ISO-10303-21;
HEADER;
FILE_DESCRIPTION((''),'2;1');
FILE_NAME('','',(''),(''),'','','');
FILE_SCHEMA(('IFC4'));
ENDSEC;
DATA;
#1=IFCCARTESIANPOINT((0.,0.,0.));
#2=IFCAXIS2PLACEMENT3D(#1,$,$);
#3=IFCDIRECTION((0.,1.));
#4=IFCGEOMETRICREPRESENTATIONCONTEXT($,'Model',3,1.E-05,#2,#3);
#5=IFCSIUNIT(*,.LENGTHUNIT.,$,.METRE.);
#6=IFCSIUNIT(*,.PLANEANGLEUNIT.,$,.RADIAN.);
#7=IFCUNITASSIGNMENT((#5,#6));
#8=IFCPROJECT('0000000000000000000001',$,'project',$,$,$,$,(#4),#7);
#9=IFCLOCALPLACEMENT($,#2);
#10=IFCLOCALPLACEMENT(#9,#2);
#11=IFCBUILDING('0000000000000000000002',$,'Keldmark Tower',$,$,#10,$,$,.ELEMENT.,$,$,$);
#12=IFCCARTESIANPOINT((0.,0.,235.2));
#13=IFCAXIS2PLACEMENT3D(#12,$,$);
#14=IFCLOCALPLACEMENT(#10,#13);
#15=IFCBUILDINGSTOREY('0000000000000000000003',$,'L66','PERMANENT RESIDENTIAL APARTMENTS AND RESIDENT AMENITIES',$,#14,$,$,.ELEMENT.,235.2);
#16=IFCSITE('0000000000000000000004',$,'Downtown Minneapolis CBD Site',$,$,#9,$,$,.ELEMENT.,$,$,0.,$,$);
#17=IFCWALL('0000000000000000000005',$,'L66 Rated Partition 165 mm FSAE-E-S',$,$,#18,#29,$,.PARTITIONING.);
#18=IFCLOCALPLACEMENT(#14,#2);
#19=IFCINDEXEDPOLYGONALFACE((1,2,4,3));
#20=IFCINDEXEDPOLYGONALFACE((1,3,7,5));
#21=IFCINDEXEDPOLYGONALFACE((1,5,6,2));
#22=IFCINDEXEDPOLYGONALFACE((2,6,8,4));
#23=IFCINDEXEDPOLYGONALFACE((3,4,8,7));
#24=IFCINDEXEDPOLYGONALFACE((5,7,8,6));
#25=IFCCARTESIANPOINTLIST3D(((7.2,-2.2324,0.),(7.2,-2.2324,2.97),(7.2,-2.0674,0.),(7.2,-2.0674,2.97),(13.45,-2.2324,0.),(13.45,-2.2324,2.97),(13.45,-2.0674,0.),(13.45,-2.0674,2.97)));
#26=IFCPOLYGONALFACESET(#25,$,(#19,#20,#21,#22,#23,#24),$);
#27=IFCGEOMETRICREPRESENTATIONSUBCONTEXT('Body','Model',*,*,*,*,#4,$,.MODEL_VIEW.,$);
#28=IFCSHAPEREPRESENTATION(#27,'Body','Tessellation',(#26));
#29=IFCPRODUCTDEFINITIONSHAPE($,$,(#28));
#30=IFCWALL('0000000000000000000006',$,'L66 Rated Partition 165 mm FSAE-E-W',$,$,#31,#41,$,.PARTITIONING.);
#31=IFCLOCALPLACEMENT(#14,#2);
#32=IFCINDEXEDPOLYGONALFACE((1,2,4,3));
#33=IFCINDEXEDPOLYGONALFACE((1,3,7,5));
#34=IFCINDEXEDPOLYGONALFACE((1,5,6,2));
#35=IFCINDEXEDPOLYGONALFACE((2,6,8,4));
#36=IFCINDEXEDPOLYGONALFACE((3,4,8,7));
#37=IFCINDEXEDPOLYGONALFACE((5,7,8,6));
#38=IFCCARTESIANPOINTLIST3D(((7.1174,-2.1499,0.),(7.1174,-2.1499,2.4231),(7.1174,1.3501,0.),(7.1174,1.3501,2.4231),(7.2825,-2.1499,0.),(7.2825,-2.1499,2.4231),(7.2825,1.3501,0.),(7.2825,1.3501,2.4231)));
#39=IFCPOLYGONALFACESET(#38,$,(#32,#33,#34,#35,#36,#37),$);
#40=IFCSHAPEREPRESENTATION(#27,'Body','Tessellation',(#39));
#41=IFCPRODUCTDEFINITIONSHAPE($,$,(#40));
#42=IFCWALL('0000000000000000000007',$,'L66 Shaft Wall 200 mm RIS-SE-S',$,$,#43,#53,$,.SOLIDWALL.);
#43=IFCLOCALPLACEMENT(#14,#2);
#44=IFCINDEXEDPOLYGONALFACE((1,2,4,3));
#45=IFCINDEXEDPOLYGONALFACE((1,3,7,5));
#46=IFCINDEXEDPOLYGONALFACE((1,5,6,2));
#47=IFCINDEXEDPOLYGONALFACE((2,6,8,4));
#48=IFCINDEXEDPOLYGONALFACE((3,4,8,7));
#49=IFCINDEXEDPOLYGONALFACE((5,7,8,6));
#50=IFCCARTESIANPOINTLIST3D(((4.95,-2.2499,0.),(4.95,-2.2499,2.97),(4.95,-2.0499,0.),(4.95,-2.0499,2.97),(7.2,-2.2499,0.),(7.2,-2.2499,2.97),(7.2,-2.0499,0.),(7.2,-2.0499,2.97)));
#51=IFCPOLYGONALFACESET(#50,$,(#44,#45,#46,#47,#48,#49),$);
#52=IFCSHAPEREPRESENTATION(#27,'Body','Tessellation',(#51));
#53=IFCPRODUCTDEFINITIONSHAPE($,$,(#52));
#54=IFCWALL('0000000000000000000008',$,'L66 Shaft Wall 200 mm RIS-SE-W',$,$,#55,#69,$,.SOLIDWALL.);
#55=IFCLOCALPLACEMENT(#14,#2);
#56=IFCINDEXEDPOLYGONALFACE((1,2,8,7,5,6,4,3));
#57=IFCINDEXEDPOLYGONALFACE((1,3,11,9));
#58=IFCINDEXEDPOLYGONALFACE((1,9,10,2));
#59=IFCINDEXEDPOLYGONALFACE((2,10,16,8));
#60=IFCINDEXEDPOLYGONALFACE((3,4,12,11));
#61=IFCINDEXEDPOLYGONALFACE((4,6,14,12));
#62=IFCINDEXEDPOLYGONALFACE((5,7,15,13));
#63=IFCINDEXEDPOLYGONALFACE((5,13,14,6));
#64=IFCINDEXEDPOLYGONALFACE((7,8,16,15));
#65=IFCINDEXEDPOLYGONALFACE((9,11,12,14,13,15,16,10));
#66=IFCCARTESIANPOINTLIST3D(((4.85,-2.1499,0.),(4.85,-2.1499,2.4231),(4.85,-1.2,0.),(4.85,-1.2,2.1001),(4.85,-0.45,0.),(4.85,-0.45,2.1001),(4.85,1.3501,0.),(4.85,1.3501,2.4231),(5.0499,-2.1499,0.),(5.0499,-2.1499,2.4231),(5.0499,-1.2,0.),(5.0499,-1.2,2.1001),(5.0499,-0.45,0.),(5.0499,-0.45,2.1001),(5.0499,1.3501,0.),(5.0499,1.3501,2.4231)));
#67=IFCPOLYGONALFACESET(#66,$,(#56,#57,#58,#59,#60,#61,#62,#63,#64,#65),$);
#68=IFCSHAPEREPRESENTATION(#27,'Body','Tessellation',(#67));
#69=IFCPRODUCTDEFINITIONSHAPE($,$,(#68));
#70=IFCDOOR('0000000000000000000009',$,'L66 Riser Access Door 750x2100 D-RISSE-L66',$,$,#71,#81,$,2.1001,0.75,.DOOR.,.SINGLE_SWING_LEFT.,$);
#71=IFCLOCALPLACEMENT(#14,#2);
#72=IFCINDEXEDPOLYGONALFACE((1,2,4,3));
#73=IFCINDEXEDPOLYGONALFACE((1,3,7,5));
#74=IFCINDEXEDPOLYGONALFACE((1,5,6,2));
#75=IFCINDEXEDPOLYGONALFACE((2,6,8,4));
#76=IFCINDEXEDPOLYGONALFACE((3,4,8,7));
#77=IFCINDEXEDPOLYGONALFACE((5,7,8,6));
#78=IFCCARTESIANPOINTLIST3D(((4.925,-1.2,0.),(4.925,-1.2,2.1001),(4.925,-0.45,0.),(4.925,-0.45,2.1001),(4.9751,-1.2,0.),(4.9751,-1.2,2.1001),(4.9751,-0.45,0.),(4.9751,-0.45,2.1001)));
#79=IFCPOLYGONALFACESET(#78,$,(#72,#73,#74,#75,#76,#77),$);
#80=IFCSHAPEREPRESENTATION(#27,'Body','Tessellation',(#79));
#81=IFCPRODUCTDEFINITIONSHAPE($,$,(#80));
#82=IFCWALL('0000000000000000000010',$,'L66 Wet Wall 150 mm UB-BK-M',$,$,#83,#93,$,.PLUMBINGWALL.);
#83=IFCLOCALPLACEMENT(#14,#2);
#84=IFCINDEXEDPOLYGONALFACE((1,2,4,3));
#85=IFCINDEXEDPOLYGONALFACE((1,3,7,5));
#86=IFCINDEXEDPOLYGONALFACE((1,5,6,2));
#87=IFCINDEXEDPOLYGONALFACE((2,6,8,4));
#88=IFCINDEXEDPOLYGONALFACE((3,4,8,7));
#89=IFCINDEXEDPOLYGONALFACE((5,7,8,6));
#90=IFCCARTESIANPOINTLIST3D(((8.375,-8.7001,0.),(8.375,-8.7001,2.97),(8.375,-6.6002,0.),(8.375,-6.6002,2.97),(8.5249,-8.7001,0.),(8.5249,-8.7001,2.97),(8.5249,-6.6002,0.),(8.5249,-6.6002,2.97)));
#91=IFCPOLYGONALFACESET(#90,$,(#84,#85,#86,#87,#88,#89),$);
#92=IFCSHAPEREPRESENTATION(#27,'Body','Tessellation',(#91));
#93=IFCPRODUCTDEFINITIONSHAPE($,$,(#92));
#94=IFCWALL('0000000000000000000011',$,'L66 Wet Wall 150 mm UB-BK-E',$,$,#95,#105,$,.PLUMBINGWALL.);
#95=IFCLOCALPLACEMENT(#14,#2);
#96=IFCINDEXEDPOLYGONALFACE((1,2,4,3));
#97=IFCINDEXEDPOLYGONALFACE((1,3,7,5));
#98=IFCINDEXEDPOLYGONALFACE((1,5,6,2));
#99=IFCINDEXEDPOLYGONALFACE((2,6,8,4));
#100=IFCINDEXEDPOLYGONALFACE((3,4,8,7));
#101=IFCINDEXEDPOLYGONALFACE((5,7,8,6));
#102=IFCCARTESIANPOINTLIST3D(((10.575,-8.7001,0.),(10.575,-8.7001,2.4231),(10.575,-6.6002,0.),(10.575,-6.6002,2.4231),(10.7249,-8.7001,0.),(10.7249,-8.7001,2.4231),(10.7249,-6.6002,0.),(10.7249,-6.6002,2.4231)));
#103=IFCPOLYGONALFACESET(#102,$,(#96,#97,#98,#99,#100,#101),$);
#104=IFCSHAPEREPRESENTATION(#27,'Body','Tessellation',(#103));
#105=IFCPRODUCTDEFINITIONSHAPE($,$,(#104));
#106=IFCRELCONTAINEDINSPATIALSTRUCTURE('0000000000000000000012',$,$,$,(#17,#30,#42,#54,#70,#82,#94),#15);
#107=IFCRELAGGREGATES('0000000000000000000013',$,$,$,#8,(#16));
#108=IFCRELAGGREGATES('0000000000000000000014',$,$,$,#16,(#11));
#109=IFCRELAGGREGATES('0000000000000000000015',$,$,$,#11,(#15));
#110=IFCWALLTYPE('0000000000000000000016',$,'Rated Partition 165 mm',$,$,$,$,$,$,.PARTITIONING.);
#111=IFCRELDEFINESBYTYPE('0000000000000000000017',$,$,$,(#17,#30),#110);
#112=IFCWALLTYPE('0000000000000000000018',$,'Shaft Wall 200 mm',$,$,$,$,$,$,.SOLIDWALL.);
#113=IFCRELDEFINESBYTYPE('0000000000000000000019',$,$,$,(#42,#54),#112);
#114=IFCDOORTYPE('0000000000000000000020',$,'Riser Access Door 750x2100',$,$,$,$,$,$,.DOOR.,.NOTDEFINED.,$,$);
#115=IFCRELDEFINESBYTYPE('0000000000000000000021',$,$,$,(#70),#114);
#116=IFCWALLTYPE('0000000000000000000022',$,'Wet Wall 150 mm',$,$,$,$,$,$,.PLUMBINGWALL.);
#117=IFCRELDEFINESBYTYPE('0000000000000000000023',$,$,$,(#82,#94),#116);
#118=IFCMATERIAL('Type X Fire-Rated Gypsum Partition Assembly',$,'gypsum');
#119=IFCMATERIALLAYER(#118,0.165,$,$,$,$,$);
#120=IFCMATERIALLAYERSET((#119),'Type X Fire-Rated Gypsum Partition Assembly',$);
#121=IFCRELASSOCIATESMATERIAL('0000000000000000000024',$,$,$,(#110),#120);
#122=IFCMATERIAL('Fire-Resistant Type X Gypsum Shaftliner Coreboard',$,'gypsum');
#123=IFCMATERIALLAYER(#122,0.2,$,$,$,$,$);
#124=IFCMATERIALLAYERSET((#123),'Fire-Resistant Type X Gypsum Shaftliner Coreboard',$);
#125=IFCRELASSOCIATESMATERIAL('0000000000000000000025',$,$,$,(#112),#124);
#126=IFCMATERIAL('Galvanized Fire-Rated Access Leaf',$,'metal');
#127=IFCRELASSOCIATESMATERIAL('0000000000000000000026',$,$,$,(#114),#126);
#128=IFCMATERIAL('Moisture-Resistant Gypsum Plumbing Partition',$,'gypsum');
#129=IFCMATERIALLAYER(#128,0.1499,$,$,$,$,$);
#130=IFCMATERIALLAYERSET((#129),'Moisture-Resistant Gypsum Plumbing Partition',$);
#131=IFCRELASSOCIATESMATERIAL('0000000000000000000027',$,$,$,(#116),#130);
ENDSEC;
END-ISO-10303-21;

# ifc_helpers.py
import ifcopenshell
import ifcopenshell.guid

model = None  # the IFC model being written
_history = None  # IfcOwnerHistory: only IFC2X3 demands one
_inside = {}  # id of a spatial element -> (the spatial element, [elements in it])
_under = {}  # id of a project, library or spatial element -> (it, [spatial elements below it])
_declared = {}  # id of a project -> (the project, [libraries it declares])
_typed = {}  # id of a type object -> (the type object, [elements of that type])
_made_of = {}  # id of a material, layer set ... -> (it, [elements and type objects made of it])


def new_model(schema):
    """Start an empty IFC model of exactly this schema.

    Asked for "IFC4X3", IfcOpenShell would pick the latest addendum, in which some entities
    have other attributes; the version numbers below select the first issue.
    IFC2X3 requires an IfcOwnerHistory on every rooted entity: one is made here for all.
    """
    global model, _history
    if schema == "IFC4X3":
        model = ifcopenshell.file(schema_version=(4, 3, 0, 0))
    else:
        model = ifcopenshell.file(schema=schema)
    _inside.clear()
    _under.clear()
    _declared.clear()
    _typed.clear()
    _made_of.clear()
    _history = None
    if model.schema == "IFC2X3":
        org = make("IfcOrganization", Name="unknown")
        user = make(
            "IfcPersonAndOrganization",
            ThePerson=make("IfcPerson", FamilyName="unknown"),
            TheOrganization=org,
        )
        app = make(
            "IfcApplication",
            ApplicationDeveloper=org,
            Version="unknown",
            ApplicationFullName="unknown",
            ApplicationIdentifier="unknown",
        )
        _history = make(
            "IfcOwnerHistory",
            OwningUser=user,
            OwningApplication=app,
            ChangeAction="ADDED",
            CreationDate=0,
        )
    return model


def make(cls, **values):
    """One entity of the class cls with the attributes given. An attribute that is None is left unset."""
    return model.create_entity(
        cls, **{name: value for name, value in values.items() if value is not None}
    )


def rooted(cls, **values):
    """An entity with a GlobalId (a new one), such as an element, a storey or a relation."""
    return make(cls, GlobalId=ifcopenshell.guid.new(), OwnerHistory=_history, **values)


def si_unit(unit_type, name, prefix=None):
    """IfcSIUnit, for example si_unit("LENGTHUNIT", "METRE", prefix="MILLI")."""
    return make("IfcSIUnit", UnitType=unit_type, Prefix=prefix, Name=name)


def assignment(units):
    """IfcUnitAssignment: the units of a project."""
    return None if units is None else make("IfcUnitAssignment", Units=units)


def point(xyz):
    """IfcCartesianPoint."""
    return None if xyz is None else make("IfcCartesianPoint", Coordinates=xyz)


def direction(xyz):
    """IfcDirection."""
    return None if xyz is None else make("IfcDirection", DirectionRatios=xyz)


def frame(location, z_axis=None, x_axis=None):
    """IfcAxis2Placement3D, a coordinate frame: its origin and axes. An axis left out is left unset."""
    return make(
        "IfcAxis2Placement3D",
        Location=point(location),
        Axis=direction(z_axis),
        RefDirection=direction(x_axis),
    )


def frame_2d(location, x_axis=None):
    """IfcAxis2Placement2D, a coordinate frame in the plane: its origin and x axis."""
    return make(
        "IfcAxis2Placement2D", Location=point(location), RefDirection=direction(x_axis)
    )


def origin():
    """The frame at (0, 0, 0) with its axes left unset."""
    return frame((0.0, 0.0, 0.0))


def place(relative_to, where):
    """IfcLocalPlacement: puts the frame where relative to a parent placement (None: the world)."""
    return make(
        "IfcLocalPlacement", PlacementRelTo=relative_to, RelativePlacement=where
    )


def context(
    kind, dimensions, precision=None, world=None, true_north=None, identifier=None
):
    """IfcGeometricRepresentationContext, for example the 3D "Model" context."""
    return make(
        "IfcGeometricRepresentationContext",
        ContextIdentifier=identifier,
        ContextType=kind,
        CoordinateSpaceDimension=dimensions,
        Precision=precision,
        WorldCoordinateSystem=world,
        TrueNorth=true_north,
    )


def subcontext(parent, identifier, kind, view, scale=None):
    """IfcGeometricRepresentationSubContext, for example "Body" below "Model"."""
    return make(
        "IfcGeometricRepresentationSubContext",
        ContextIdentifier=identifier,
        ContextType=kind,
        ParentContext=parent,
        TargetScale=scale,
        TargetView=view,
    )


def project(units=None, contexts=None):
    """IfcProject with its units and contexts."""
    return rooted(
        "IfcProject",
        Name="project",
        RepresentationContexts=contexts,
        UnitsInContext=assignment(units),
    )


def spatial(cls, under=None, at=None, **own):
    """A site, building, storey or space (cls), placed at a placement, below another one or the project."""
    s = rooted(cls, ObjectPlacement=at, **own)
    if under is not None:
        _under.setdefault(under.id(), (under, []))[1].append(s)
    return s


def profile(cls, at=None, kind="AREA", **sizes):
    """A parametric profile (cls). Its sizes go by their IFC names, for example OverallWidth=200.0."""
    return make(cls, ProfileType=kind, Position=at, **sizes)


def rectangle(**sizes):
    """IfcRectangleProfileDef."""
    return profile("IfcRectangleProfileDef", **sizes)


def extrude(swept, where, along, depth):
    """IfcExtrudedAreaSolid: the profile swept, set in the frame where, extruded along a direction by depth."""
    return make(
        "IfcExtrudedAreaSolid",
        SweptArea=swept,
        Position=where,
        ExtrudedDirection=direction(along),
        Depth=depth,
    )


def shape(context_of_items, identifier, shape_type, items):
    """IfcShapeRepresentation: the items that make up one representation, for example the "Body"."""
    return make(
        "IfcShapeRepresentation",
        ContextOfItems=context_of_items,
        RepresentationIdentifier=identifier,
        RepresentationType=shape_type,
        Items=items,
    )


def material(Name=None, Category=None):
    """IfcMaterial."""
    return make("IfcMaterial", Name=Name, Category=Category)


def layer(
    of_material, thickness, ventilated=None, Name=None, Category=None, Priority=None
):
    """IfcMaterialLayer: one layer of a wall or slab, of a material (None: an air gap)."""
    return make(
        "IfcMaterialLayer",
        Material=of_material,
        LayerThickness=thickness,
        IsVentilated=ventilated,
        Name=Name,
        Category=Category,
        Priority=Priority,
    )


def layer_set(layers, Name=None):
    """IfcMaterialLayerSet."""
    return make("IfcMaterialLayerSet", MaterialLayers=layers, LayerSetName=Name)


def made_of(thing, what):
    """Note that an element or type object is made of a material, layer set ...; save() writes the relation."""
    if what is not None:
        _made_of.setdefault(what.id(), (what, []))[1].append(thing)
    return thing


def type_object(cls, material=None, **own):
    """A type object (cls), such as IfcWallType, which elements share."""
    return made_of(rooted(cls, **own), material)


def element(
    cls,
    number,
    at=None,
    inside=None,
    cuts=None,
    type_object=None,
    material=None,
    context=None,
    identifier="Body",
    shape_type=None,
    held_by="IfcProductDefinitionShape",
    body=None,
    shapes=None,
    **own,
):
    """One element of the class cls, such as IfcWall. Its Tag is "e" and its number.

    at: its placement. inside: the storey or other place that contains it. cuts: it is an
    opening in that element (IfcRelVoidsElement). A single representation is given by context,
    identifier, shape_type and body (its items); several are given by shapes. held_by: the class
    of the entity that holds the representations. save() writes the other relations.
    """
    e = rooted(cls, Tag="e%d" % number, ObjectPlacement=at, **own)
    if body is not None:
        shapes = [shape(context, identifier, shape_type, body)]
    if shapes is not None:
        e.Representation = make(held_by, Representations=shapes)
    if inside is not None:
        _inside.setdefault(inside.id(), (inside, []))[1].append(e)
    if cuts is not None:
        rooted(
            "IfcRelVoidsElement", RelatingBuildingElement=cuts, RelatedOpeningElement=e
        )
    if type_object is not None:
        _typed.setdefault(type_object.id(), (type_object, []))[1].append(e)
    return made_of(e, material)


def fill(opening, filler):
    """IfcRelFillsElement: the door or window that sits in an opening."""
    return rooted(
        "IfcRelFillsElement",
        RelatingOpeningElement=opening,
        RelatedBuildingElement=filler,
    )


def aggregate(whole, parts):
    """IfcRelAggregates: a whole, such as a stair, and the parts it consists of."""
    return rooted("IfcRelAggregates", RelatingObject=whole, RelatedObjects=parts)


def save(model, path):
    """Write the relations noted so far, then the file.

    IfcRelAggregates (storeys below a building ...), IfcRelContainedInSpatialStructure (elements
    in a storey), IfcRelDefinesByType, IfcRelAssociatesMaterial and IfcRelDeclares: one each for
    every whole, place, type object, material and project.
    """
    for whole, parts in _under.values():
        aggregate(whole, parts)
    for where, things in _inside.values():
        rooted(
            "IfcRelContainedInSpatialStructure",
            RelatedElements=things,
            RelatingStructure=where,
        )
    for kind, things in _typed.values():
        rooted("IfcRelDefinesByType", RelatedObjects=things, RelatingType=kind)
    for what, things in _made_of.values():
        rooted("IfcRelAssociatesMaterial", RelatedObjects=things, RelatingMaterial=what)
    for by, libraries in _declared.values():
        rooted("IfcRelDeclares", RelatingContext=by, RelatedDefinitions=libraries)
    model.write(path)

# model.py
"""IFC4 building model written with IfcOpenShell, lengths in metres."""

from ifc_helpers import new_model, si_unit, direction, frame, frame_2d, origin, place, context, subcontext, project, spatial, rectangle, extrude, material, layer, layer_set, type_object, element, fill, save


model = new_model("IFC4")

# Units and contexts
model_context = context("Model", 3, precision=1e-05, world=origin(), true_north=direction((0.0, 1.0)))
body_context = subcontext(model_context, "Body", "Model", "MODEL_VIEW")
ifc_project = project(units=[si_unit("LENGTHUNIT", "METRE"), si_unit("PLANEANGLEUNIT", "RADIAN")], contexts=[model_context])

# Site, building, storey
site_placement = place(None, origin())
site = spatial("IfcSite", under=ifc_project, at=site_placement, Name="Downtown Minneapolis CBD Site", CompositionType="ELEMENT", RefElevation=0.0)
building_placement = place(site_placement, origin())
building = spatial("IfcBuilding", under=site, at=building_placement, Name="Keldmark Tower", CompositionType="ELEMENT")
storey_placement = place(building_placement, frame((0.0, 0.0, 235.2)))
storey = spatial("IfcBuildingStorey", under=building, at=storey_placement, Name="L66", Description="PERMANENT RESIDENTIAL APARTMENTS AND RESIDENT AMENITIES", CompositionType="ELEMENT", Elevation=235.2)

# Walls
ifc_material_1 = material(Name="Type X Fire-Rated Gypsum Partition Assembly", Category="gypsum")
ifc_layer_1 = layer(ifc_material_1, 0.165)
ifc_layer_set_1 = layer_set([ifc_layer_1], Name="Type X Fire-Rated Gypsum Partition Assembly")
wall_type_1 = type_object("IfcWallType", Name="Rated Partition 165 mm", PredefinedType="PARTITIONING", material=ifc_layer_set_1)
wall_1_placement = place(storey_placement, frame((7.2, -2.1499, 0.0), z_axis=(0.0, 0.0, 1.0), x_axis=(1.0, 0.0, 0.0)))
element("IfcWall", 1, at=wall_1_placement, inside=storey, type_object=wall_type_1, Name="L66 Rated Partition 165 mm FSAE-E-S", PredefinedType="PARTITIONING", context=body_context, shape_type="SweptSolid", body=[
    extrude(rectangle(XDim=6.25, YDim=0.165, at=frame_2d((3.125, 0.0))), origin(), (0.0, 0.0, 1.0), 2.97),
])
wall_2_placement = place(storey_placement, frame((7.2, -2.1499, 0.0), z_axis=(0.0, 0.0, 1.0), x_axis=(0.0, 1.0, 0.0)))
element("IfcWall", 2, at=wall_2_placement, inside=storey, type_object=wall_type_1, Name="L66 Rated Partition 165 mm FSAE-E-W", PredefinedType="PARTITIONING", context=body_context, shape_type="SweptSolid", body=[
    extrude(rectangle(XDim=3.5, YDim=0.165, at=frame_2d((1.75, 0.0))), origin(), (0.0, 0.0, 1.0), 2.4231),
])
ifc_material_2 = material(Name="Fire-Resistant Type X Gypsum Shaftliner Coreboard", Category="gypsum")
ifc_layer_2 = layer(ifc_material_2, 0.2)
ifc_layer_set_2 = layer_set([ifc_layer_2], Name="Fire-Resistant Type X Gypsum Shaftliner Coreboard")
wall_type_2 = type_object("IfcWallType", Name="Shaft Wall 200 mm", PredefinedType="SOLIDWALL", material=ifc_layer_set_2)
wall_3_placement = place(storey_placement, frame((4.95, -2.1499, 0.0), z_axis=(0.0, 0.0, 1.0), x_axis=(1.0, 0.0, 0.0)))
element("IfcWall", 3, at=wall_3_placement, inside=storey, type_object=wall_type_2, Name="L66 Shaft Wall 200 mm RIS-SE-S", PredefinedType="SOLIDWALL", context=body_context, shape_type="SweptSolid", body=[
    extrude(rectangle(XDim=2.25, YDim=0.2, at=frame_2d((1.125, 0.0))), origin(), (0.0, 0.0, 1.0), 2.97),
])

# Wall, opening, door
wall_4_placement = place(storey_placement, frame((4.95, -2.1499, 0.0), z_axis=(0.0, 0.0, 1.0), x_axis=(0.0, 1.0, 0.0)))
wall_4 = element("IfcWall", 4, at=wall_4_placement, inside=storey, type_object=wall_type_2, Name="L66 Shaft Wall 200 mm RIS-SE-W", PredefinedType="SOLIDWALL", context=body_context, shape_type="SweptSolid", body=[
    extrude(rectangle(XDim=3.5, YDim=0.2, at=frame_2d((1.75, 0.0))), origin(), (0.0, 0.0, 1.0), 2.4231),
])
opening_placement = place(wall_4_placement, frame((0.95, 0.0, 0.0)))
opening = element("IfcOpeningElement", 5, at=opening_placement, cuts=wall_4, PredefinedType="OPENING", context=body_context, shape_type="SweptSolid", body=[
    extrude(rectangle(XDim=0.75, YDim=2.1001, at=frame_2d((0.375, 1.05))), frame((0.0, 0.1099, 0.0), z_axis=(0.0, -1.0, 0.0), x_axis=(1.0, 0.0, 0.0)), (0.0, 0.0, 1.0), 0.22),
])
ifc_material_3 = material(Name="Galvanized Fire-Rated Access Leaf", Category="metal")
door_type = type_object("IfcDoorType", Name="Riser Access Door 750x2100", OperationType="NOTDEFINED", PredefinedType="DOOR", material=ifc_material_3)
door_placement = place(opening_placement, origin())
door = element("IfcDoor", 6, at=door_placement, inside=storey, type_object=door_type, Name="L66 Riser Access Door 750x2100 D-RISSE-L66", OperationType="SINGLE_SWING_LEFT", OverallHeight=2.1001, OverallWidth=0.75, PredefinedType="DOOR", context=body_context, shape_type="SweptSolid", body=[
    extrude(rectangle(XDim=0.75, YDim=2.1001, at=frame_2d((0.375, 1.05))), frame((0.0, 0.0249, 0.0), z_axis=(0.0, -1.0, 0.0), x_axis=(1.0, 0.0, 0.0)), (0.0, 0.0, 1.0), 0.05),
])
fill(opening, door)

# Walls
ifc_material_4 = material(Name="Moisture-Resistant Gypsum Plumbing Partition", Category="gypsum")
ifc_layer_3 = layer(ifc_material_4, 0.1499)
ifc_layer_set_3 = layer_set([ifc_layer_3], Name="Moisture-Resistant Gypsum Plumbing Partition")
wall_type_3 = type_object("IfcWallType", Name="Wet Wall 150 mm", PredefinedType="PLUMBINGWALL", material=ifc_layer_set_3)
wall_5_placement = place(storey_placement, frame((8.45, -8.7, 0.0), z_axis=(0.0, 0.0, 1.0), x_axis=(0.0, 1.0, 0.0)))
element("IfcWall", 7, at=wall_5_placement, inside=storey, type_object=wall_type_3, Name="L66 Wet Wall 150 mm UB-BK-M", PredefinedType="PLUMBINGWALL", context=body_context, shape_type="SweptSolid", body=[
    extrude(rectangle(XDim=2.0999, YDim=0.1499, at=frame_2d((1.0498, 0.0))), origin(), (0.0, 0.0, 1.0), 2.97),
])
wall_6_placement = place(storey_placement, frame((10.6499, -8.7, 0.0), z_axis=(0.0, 0.0, 1.0), x_axis=(0.0, 1.0, 0.0)))
element("IfcWall", 8, at=wall_6_placement, inside=storey, type_object=wall_type_3, Name="L66 Wet Wall 150 mm UB-BK-E", PredefinedType="PLUMBINGWALL", context=body_context, shape_type="SweptSolid", body=[
    extrude(rectangle(XDim=2.0999, YDim=0.1499, at=frame_2d((1.0498, 0.0))), origin(), (0.0, 0.0, 1.0), 2.4231),
])

save(model, "model.ifc")
